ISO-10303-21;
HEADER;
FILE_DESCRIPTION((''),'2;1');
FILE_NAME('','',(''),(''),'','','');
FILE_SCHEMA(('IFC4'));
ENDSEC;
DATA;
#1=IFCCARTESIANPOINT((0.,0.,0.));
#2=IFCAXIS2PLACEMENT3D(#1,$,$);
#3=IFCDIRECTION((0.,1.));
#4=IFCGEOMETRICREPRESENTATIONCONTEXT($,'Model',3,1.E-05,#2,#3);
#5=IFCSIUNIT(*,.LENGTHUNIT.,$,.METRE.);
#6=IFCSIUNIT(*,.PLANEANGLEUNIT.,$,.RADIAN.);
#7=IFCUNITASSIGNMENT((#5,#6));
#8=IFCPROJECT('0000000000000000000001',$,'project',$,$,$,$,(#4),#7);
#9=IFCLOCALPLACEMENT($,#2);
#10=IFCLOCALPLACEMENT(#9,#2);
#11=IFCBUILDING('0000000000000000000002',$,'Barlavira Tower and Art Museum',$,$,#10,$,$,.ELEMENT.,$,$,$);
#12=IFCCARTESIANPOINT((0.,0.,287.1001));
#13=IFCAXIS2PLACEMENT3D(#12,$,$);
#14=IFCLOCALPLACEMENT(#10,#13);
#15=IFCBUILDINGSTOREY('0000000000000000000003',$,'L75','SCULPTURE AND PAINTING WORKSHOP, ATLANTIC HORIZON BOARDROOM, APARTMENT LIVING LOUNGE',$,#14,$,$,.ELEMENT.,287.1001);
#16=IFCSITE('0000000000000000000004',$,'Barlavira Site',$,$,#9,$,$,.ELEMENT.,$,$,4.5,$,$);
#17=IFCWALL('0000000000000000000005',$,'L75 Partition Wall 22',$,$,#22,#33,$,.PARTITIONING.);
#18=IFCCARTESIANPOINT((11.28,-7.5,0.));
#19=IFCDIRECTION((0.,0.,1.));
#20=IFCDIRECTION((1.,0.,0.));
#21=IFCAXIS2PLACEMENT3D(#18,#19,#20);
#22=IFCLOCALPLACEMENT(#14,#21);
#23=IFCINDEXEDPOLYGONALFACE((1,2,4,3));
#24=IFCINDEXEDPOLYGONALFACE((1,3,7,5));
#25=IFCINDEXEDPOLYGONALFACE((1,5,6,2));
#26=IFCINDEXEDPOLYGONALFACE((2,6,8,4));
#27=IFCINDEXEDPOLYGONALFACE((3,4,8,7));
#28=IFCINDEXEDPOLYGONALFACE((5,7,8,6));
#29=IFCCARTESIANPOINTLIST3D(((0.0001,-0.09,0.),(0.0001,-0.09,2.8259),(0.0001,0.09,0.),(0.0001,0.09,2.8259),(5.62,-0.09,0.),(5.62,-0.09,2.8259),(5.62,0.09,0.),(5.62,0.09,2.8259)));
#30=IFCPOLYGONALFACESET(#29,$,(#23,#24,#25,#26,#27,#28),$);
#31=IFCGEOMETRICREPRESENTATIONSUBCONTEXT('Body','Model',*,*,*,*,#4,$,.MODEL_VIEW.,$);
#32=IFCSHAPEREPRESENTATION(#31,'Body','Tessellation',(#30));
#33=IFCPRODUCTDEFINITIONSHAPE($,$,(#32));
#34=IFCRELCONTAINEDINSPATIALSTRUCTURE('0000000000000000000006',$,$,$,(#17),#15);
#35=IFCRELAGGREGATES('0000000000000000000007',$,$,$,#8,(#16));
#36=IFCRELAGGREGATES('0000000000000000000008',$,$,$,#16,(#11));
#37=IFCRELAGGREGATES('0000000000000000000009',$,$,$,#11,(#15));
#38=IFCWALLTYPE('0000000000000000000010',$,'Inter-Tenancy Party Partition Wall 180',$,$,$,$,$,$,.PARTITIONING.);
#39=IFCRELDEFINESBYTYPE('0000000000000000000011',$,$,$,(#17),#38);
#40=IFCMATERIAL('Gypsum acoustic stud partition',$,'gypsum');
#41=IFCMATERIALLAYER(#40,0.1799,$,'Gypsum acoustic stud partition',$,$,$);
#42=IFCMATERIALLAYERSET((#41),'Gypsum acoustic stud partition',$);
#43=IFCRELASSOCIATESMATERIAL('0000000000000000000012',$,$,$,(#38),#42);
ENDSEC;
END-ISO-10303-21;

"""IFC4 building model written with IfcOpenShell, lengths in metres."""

from ifc_helpers import new_model, si_unit, direction, frame, frame_2d, origin, place, context, subcontext, project, spatial, rectangle, extrude, material, layer, layer_set, type_object, element, save


model = new_model("IFC4")

# Units and contexts
model_context = context("Model", 3, precision=1e-05, world=origin(), true_north=direction((0.0, 1.0)))
body_context = subcontext(model_context, "Body", "Model", "MODEL_VIEW")
ifc_project = project(units=[si_unit("LENGTHUNIT", "METRE"), si_unit("PLANEANGLEUNIT", "RADIAN")], contexts=[model_context])

# Site, building, storey
site_placement = place(None, origin())
site = spatial("IfcSite", under=ifc_project, at=site_placement, Name="Barlavira Site", CompositionType="ELEMENT", RefElevation=4.5)
building_placement = place(site_placement, origin())
building = spatial("IfcBuilding", under=site, at=building_placement, Name="Barlavira Tower and Art Museum", CompositionType="ELEMENT")
storey_placement = place(building_placement, frame((0.0, 0.0, 287.1001)))
storey = spatial("IfcBuildingStorey", under=building, at=storey_placement, Name="L75", Description="SCULPTURE AND PAINTING WORKSHOP, ATLANTIC HORIZON BOARDROOM, APARTMENT LIVING LOUNGE", CompositionType="ELEMENT", Elevation=287.1001)

# Wall
ifc_material_1 = material(Name="Gypsum acoustic stud partition", Category="gypsum")
ifc_layer_1 = layer(ifc_material_1, 0.1799, Name="Gypsum acoustic stud partition")
ifc_layer_set_1 = layer_set([ifc_layer_1], Name="Gypsum acoustic stud partition")
wall_type_1 = type_object("IfcWallType", Name="Inter-Tenancy Party Partition Wall 180", PredefinedType="PARTITIONING", material=ifc_layer_set_1)
wall_1_placement = place(storey_placement, frame((11.28, -7.5, 0.0), z_axis=(0.0, 0.0, 1.0), x_axis=(1.0, 0.0, 0.0)))
element("IfcWall", 1, at=wall_1_placement, inside=storey, type_object=wall_type_1, Name="L75 Partition Wall 22", PredefinedType="PARTITIONING", context=body_context, shape_type="SweptSolid", body=[
    extrude(rectangle(XDim=5.6199, YDim=0.1799, at=frame_2d((2.8101, 0.0))), origin(), (0.0, 0.0, 1.0), 2.8259),
])

save(model, "model.ifc")
